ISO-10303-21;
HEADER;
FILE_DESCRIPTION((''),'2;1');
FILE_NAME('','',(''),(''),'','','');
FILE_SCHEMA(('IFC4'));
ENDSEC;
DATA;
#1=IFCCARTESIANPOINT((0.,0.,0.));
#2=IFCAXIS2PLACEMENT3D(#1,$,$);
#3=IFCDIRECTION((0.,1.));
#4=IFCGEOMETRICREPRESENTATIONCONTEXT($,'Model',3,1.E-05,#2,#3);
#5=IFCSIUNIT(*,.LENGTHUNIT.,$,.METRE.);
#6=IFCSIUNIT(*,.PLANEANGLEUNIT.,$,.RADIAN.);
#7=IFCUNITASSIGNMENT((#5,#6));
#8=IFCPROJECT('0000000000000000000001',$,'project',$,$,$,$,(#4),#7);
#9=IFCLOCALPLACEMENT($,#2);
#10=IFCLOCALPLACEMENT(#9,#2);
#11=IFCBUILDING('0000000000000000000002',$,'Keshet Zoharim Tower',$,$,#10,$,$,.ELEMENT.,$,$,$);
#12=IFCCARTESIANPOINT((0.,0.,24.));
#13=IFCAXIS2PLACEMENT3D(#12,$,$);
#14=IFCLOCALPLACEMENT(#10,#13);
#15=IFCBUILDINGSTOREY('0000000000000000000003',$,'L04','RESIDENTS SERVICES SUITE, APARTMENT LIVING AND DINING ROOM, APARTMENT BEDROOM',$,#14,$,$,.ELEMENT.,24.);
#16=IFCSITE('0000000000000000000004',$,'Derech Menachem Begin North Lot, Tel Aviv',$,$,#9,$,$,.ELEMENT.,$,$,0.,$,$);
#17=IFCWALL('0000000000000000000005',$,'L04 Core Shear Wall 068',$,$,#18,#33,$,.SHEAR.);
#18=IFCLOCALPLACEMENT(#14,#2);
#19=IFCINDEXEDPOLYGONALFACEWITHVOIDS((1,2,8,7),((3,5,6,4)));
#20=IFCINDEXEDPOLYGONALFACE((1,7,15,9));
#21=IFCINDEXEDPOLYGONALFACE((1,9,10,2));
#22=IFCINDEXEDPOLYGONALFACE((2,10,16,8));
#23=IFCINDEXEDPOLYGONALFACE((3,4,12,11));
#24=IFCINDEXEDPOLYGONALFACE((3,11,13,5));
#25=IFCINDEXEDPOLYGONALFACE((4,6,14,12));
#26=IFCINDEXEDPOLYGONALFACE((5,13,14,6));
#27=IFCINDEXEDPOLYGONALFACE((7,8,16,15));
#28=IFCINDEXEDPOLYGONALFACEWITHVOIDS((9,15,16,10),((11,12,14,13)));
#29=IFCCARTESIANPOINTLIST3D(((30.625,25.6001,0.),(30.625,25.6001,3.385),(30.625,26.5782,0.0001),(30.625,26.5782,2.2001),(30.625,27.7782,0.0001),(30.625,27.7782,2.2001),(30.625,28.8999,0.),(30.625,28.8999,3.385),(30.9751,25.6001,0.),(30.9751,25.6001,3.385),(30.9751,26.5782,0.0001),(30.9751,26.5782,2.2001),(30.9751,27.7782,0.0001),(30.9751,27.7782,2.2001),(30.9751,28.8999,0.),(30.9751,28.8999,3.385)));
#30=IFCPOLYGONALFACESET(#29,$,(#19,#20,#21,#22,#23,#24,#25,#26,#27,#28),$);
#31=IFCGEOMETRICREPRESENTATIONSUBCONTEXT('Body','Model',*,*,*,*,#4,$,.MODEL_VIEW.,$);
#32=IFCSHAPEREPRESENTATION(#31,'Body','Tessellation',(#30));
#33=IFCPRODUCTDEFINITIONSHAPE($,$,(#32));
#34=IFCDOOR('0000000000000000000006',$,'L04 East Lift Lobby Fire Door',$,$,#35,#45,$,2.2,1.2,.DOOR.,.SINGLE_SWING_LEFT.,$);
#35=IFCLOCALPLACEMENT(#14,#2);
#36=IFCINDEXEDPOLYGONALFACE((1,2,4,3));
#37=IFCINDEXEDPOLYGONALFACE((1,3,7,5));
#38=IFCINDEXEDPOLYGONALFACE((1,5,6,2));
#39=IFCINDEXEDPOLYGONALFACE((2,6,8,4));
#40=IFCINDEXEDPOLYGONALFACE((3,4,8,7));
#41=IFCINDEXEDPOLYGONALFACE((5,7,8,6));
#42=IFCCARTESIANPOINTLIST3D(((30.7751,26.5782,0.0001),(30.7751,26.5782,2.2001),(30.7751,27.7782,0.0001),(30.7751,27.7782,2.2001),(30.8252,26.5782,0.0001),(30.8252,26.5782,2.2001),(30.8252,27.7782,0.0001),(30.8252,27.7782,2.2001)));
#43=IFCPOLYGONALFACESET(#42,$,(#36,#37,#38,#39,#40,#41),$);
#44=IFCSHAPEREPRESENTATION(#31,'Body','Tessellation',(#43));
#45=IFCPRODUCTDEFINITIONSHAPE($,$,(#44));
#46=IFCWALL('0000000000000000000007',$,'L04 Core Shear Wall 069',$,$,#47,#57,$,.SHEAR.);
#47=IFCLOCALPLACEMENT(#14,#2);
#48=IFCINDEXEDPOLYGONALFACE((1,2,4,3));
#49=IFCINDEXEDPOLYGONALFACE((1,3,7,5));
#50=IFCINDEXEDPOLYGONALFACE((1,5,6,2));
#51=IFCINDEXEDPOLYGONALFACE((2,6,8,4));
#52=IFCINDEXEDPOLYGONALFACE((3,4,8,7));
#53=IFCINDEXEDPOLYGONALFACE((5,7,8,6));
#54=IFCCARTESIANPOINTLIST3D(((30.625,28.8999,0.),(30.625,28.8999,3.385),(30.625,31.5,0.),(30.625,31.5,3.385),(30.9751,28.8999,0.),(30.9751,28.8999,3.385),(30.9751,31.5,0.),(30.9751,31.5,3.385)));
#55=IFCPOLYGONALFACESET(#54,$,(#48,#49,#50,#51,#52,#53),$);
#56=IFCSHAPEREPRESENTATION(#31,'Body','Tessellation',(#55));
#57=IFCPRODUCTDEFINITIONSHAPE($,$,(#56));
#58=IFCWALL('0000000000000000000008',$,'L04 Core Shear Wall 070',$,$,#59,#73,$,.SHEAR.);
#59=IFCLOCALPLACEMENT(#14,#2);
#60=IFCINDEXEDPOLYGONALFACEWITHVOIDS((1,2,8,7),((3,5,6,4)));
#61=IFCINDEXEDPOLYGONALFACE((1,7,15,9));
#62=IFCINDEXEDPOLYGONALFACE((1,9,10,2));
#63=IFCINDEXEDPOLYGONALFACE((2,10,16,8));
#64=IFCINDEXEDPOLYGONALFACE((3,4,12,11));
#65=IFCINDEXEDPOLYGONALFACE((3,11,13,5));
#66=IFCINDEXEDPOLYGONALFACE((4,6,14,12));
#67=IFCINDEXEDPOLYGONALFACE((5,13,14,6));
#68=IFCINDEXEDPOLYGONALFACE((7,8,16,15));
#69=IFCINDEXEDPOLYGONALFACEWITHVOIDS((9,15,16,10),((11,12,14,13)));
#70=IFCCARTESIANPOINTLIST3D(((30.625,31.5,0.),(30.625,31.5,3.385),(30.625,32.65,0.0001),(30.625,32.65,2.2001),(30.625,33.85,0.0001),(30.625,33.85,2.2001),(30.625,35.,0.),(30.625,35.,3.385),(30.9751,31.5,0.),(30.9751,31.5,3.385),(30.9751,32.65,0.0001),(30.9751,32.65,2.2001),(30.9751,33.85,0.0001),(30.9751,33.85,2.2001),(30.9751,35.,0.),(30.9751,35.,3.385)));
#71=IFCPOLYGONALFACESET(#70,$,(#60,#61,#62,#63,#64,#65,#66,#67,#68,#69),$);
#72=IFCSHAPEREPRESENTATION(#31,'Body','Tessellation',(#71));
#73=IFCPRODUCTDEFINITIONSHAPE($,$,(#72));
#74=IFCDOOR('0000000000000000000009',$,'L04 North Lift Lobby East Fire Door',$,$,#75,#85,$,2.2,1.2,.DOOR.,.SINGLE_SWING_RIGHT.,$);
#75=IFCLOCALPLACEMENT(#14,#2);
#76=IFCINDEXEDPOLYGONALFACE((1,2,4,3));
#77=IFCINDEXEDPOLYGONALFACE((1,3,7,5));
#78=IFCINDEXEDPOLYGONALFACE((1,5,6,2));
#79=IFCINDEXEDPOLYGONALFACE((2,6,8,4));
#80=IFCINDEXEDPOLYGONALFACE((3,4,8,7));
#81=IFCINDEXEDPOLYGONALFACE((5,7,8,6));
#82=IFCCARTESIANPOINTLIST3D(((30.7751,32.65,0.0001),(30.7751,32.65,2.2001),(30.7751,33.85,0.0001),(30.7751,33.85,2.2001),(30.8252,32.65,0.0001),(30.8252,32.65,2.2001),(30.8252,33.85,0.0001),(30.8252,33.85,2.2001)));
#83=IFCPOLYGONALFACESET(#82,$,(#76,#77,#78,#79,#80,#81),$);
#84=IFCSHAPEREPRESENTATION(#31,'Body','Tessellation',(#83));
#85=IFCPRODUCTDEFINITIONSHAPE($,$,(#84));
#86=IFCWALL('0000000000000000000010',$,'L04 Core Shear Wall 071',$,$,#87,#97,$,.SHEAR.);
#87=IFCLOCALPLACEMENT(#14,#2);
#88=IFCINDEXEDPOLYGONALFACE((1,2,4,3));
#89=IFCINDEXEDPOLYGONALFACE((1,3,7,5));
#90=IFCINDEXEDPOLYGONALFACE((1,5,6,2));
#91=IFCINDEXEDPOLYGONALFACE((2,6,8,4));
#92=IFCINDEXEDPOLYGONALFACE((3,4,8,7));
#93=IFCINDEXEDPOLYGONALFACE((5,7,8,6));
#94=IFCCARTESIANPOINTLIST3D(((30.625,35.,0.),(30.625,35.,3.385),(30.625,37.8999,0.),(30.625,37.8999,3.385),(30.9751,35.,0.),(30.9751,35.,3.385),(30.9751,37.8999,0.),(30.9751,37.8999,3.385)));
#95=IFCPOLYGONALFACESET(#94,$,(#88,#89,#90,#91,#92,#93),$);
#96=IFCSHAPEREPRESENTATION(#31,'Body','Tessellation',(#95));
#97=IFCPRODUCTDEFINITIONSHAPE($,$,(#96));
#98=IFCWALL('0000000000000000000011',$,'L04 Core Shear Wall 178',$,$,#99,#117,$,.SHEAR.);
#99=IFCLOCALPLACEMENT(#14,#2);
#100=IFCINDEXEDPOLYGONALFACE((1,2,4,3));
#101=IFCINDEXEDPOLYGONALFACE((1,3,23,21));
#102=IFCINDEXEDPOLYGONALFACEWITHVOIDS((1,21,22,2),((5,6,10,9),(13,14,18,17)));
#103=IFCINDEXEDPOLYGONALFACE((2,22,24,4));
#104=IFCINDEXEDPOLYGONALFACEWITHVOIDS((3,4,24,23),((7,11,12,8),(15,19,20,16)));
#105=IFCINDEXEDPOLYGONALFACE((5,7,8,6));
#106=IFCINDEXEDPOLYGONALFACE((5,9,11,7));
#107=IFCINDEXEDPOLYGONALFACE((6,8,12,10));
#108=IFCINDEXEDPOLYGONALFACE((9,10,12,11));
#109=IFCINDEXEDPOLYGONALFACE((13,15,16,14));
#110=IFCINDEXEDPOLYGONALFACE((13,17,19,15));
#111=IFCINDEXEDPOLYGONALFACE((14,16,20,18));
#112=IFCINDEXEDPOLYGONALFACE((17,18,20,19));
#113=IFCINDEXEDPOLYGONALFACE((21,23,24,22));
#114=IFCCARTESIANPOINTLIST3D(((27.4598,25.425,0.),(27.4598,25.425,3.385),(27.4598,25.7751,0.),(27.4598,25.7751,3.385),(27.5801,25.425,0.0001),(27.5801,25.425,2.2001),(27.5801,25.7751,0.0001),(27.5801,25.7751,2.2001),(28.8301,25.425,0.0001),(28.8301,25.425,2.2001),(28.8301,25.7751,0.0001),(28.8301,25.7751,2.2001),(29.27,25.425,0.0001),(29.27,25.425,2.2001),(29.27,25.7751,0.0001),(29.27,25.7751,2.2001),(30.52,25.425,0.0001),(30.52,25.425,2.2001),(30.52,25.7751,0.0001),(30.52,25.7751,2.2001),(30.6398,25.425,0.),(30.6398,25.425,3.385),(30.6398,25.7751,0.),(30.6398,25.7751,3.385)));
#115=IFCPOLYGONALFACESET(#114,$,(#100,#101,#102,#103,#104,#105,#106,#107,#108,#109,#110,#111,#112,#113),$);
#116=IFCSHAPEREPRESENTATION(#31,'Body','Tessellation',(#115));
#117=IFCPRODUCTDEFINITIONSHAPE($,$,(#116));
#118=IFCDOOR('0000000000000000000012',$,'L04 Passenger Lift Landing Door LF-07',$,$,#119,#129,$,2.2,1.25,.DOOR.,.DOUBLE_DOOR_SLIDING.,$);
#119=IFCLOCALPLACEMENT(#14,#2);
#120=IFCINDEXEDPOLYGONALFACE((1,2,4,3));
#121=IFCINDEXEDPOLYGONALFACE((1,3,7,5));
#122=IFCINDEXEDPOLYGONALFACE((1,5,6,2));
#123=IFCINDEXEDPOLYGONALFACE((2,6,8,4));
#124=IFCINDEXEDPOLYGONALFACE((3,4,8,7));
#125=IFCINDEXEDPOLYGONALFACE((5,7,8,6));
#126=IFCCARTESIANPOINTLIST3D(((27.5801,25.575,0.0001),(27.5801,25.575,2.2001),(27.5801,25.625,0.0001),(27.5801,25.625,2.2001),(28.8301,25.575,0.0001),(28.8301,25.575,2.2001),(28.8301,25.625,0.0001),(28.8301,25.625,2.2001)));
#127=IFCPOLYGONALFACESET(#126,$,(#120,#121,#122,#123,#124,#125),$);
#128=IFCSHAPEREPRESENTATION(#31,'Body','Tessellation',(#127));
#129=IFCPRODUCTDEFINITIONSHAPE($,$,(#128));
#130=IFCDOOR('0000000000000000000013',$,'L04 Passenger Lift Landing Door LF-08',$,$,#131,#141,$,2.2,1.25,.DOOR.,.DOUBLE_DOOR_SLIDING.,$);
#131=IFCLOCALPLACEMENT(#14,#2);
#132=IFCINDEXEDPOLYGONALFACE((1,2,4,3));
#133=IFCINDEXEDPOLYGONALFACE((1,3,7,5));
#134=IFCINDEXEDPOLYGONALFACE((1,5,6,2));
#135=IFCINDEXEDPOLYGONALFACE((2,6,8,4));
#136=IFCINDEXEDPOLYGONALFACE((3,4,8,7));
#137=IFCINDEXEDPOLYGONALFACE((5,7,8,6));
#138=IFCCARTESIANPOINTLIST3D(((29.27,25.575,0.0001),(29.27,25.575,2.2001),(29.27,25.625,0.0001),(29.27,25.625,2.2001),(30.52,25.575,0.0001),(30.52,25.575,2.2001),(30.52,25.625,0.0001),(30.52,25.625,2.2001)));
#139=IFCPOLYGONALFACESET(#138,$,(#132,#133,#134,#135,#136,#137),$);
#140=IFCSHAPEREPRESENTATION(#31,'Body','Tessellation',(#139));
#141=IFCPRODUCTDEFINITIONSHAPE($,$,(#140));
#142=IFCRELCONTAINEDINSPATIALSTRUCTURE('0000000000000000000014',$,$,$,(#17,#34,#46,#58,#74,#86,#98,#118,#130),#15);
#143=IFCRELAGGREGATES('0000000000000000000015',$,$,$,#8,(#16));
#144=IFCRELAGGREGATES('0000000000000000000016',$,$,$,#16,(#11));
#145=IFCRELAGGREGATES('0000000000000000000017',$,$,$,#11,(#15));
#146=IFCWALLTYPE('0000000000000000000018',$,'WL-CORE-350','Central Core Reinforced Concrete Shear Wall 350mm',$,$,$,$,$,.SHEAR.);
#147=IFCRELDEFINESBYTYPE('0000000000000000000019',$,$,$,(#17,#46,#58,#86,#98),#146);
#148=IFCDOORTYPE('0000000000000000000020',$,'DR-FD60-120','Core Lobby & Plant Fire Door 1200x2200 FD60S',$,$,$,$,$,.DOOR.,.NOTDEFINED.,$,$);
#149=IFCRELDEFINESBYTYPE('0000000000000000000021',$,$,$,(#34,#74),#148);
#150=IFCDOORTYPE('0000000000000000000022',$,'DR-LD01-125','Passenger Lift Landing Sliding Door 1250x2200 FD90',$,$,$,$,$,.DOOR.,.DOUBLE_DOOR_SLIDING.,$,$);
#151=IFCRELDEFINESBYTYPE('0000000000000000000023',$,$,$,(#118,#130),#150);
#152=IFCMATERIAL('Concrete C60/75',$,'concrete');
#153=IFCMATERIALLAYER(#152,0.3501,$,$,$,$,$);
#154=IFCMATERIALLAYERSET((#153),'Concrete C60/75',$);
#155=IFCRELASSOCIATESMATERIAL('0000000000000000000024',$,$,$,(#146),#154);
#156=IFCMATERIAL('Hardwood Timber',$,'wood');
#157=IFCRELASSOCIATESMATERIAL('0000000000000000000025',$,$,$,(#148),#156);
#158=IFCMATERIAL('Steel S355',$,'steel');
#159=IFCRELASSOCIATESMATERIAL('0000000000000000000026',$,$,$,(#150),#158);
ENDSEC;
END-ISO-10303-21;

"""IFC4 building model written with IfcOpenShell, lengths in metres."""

from ifc_helpers import new_model, si_unit, direction, frame, frame_2d, origin, place, context, subcontext, project, spatial, rectangle, extrude, material, layer, layer_set, type_object, element, fill, save


model = new_model("IFC4")

# Units and contexts
model_context = context("Model", 3, precision=1e-05, world=origin(), true_north=direction((0.0, 1.0)))
body_context = subcontext(model_context, "Body", "Model", "MODEL_VIEW")
ifc_project = project(units=[si_unit("LENGTHUNIT", "METRE"), si_unit("PLANEANGLEUNIT", "RADIAN")], contexts=[model_context])

# Site, building, storey
site_placement = place(None, origin())
site = spatial("IfcSite", under=ifc_project, at=site_placement, Name="Derech Menachem Begin North Lot, Tel Aviv", CompositionType="ELEMENT", RefElevation=0.0)
building_placement = place(site_placement, origin())
building = spatial("IfcBuilding", under=site, at=building_placement, Name="Keshet Zoharim Tower", CompositionType="ELEMENT")
storey_placement = place(building_placement, frame((0.0, 0.0, 24.0)))
storey = spatial("IfcBuildingStorey", under=building, at=storey_placement, Name="L04", Description="RESIDENTS SERVICES SUITE, APARTMENT LIVING AND DINING ROOM, APARTMENT BEDROOM", CompositionType="ELEMENT", Elevation=24.0)

# Shared definitions
ifc_material_1 = material(Name="Concrete C60/75", Category="concrete")

# Shared definitions
ifc_material_2 = material(Name="Steel S355", Category="steel")

# Shared definitions
ifc_layer_1 = layer(ifc_material_1, 0.3501)
ifc_layer_set_1 = layer_set([ifc_layer_1], Name="Concrete C60/75")
wall_type_1 = type_object("IfcWallType", Name="WL-CORE-350", Description="Central Core Reinforced Concrete Shear Wall 350mm", PredefinedType="SHEAR", material=ifc_layer_set_1)

# Wall, opening, door
wall_1_placement = place(storey_placement, frame((30.8, 25.6001, 0.0), z_axis=(0.0, 0.0, 1.0), x_axis=(0.0, 1.0, 0.0)))
wall_1 = element("IfcWall", 1, at=wall_1_placement, inside=storey, type_object=wall_type_1, Name="L04 Core Shear Wall 068", PredefinedType="SHEAR", context=body_context, shape_type="SweptSolid", body=[
    extrude(rectangle(XDim=3.2998, YDim=0.3501, at=frame_2d((1.6499, 0.0))), origin(), (0.0, 0.0, 1.0), 3.385),
])
opening_1_placement = place(wall_1_placement, frame((0.978, 0.0, 0.0)))
opening_1 = element("IfcOpeningElement", 2, at=opening_1_placement, cuts=wall_1, PredefinedType="OPENING", context=body_context, shape_type="SweptSolid", body=[
    extrude(rectangle(XDim=1.2, YDim=2.2, at=frame_2d((0.6001, 1.1001))), frame((0.0, 0.1851, 0.0), z_axis=(0.0, -1.0, 0.0), x_axis=(1.0, 0.0, 0.0)), (0.0, 0.0, 1.0), 0.3701),
])
ifc_material_3 = material(Name="Hardwood Timber", Category="wood")
door_type_1 = type_object("IfcDoorType", Name="DR-FD60-120", Description="Core Lobby & Plant Fire Door 1200x2200 FD60S", OperationType="NOTDEFINED", PredefinedType="DOOR", material=ifc_material_3)
door_1_placement = place(opening_1_placement, origin())
door_1 = element("IfcDoor", 3, at=door_1_placement, inside=storey, type_object=door_type_1, Name="L04 East Lift Lobby Fire Door", OperationType="SINGLE_SWING_LEFT", OverallHeight=2.2, OverallWidth=1.2, PredefinedType="DOOR", context=body_context, shape_type="SweptSolid", body=[
    extrude(rectangle(XDim=1.2, YDim=2.2, at=frame_2d((0.6001, 1.1001))), frame((0.0, 0.0249, 0.0), z_axis=(0.0, -1.0, 0.0), x_axis=(1.0, 0.0, 0.0)), (0.0, 0.0, 1.0), 0.05),
])
fill(opening_1, door_1)

# Wall
wall_2_placement = place(storey_placement, frame((30.8, 28.8999, 0.0), z_axis=(0.0, 0.0, 1.0), x_axis=(0.0, 1.0, 0.0)))
element("IfcWall", 4, at=wall_2_placement, inside=storey, type_object=wall_type_1, Name="L04 Core Shear Wall 069", PredefinedType="SHEAR", context=body_context, shape_type="SweptSolid", body=[
    extrude(rectangle(XDim=2.6001, YDim=0.3501, at=frame_2d((1.3, 0.0))), origin(), (0.0, 0.0, 1.0), 3.385),
])

# Wall, opening, door
wall_3_placement = place(storey_placement, frame((30.8, 31.5, 0.0), z_axis=(0.0, 0.0, 1.0), x_axis=(0.0, 1.0, 0.0)))
wall_3 = element("IfcWall", 5, at=wall_3_placement, inside=storey, type_object=wall_type_1, Name="L04 Core Shear Wall 070", PredefinedType="SHEAR", context=body_context, shape_type="SweptSolid", body=[
    extrude(rectangle(XDim=3.5, YDim=0.3501, at=frame_2d((1.75, 0.0))), origin(), (0.0, 0.0, 1.0), 3.385),
])
opening_2_placement = place(wall_3_placement, frame((1.1499, 0.0, 0.0)))
opening_2 = element("IfcOpeningElement", 6, at=opening_2_placement, cuts=wall_3, PredefinedType="OPENING", context=body_context, shape_type="SweptSolid", body=[
    extrude(rectangle(XDim=1.2, YDim=2.2, at=frame_2d((0.6001, 1.1001))), frame((0.0, 0.1851, 0.0), z_axis=(0.0, -1.0, 0.0), x_axis=(1.0, 0.0, 0.0)), (0.0, 0.0, 1.0), 0.3701),
])
door_2_placement = place(opening_2_placement, origin())
door_2 = element("IfcDoor", 7, at=door_2_placement, inside=storey, type_object=door_type_1, Name="L04 North Lift Lobby East Fire Door", OperationType="SINGLE_SWING_RIGHT", OverallHeight=2.2, OverallWidth=1.2, PredefinedType="DOOR", context=body_context, shape_type="SweptSolid", body=[
    extrude(rectangle(XDim=1.2, YDim=2.2, at=frame_2d((0.6001, 1.1001))), frame((0.0, 0.0249, 0.0), z_axis=(0.0, -1.0, 0.0), x_axis=(1.0, 0.0, 0.0)), (0.0, 0.0, 1.0), 0.05),
])
fill(opening_2, door_2)

# Wall
wall_4_placement = place(storey_placement, frame((30.8, 35.0, 0.0), z_axis=(0.0, 0.0, 1.0), x_axis=(0.0, 1.0, 0.0)))
element("IfcWall", 8, at=wall_4_placement, inside=storey, type_object=wall_type_1, Name="L04 Core Shear Wall 071", PredefinedType="SHEAR", context=body_context, shape_type="SweptSolid", body=[
    extrude(rectangle(XDim=2.8999, YDim=0.3501, at=frame_2d((1.45, 0.0))), origin(), (0.0, 0.0, 1.0), 3.385),
])

# Wall, openings, doors
wall_5_placement = place(storey_placement, frame((27.46, 25.6001, 0.0), z_axis=(0.0, 0.0, 1.0), x_axis=(1.0, 0.0, 0.0)))
wall_5 = element("IfcWall", 9, at=wall_5_placement, inside=storey, type_object=wall_type_1, Name="L04 Core Shear Wall 178", PredefinedType="SHEAR", context=body_context, shape_type="SweptSolid", body=[
    extrude(rectangle(XDim=3.1799, YDim=0.3501, at=frame_2d((1.5898, 0.0))), origin(), (0.0, 0.0, 1.0), 3.385),
])
opening_3_placement = place(wall_5_placement, frame((0.1201, 0.0, 0.0)))
opening_3 = element("IfcOpeningElement", 10, at=opening_3_placement, cuts=wall_5, PredefinedType="OPENING", context=body_context, shape_type="SweptSolid", body=[
    extrude(rectangle(XDim=1.25, YDim=2.2, at=frame_2d((0.625, 1.1001))), frame((0.0, 0.1851, 0.0), z_axis=(0.0, -1.0, 0.0), x_axis=(1.0, 0.0, 0.0)), (0.0, 0.0, 1.0), 0.3701),
])
opening_4_placement = place(wall_5_placement, frame((1.8101, 0.0, 0.0)))
opening_4 = element("IfcOpeningElement", 11, at=opening_4_placement, cuts=wall_5, PredefinedType="OPENING", context=body_context, shape_type="SweptSolid", body=[
    extrude(rectangle(XDim=1.25, YDim=2.2, at=frame_2d((0.625, 1.1001))), frame((0.0, 0.1851, 0.0), z_axis=(0.0, -1.0, 0.0), x_axis=(1.0, 0.0, 0.0)), (0.0, 0.0, 1.0), 0.3701),
])
door_type_2 = type_object("IfcDoorType", Name="DR-LD01-125", Description="Passenger Lift Landing Sliding Door 1250x2200 FD90", OperationType="DOUBLE_DOOR_SLIDING", PredefinedType="DOOR", material=ifc_material_2)
door_3_placement = place(opening_3_placement, origin())
door_3 = element("IfcDoor", 12, at=door_3_placement, inside=storey, type_object=door_type_2, Name="L04 Passenger Lift Landing Door LF-07", OperationType="DOUBLE_DOOR_SLIDING", OverallHeight=2.2, OverallWidth=1.25, PredefinedType="DOOR", context=body_context, shape_type="SweptSolid", body=[
    extrude(rectangle(XDim=1.25, YDim=2.2, at=frame_2d((0.625, 1.1001))), frame((0.0, 0.0249, 0.0), z_axis=(0.0, -1.0, 0.0), x_axis=(1.0, 0.0, 0.0)), (0.0, 0.0, 1.0), 0.05),
])
fill(opening_3, door_3)
door_4_placement = place(opening_4_placement, origin())
door_4 = element("IfcDoor", 13, at=door_4_placement, inside=storey, type_object=door_type_2, Name="L04 Passenger Lift Landing Door LF-08", OperationType="DOUBLE_DOOR_SLIDING", OverallHeight=2.2, OverallWidth=1.25, PredefinedType="DOOR", context=body_context, shape_type="SweptSolid", body=[
    extrude(rectangle(XDim=1.25, YDim=2.2, at=frame_2d((0.625, 1.1001))), frame((0.0, 0.0249, 0.0), z_axis=(0.0, -1.0, 0.0), x_axis=(1.0, 0.0, 0.0)), (0.0, 0.0, 1.0), 0.05),
])
fill(opening_4, door_4)

save(model, "model.ifc")
